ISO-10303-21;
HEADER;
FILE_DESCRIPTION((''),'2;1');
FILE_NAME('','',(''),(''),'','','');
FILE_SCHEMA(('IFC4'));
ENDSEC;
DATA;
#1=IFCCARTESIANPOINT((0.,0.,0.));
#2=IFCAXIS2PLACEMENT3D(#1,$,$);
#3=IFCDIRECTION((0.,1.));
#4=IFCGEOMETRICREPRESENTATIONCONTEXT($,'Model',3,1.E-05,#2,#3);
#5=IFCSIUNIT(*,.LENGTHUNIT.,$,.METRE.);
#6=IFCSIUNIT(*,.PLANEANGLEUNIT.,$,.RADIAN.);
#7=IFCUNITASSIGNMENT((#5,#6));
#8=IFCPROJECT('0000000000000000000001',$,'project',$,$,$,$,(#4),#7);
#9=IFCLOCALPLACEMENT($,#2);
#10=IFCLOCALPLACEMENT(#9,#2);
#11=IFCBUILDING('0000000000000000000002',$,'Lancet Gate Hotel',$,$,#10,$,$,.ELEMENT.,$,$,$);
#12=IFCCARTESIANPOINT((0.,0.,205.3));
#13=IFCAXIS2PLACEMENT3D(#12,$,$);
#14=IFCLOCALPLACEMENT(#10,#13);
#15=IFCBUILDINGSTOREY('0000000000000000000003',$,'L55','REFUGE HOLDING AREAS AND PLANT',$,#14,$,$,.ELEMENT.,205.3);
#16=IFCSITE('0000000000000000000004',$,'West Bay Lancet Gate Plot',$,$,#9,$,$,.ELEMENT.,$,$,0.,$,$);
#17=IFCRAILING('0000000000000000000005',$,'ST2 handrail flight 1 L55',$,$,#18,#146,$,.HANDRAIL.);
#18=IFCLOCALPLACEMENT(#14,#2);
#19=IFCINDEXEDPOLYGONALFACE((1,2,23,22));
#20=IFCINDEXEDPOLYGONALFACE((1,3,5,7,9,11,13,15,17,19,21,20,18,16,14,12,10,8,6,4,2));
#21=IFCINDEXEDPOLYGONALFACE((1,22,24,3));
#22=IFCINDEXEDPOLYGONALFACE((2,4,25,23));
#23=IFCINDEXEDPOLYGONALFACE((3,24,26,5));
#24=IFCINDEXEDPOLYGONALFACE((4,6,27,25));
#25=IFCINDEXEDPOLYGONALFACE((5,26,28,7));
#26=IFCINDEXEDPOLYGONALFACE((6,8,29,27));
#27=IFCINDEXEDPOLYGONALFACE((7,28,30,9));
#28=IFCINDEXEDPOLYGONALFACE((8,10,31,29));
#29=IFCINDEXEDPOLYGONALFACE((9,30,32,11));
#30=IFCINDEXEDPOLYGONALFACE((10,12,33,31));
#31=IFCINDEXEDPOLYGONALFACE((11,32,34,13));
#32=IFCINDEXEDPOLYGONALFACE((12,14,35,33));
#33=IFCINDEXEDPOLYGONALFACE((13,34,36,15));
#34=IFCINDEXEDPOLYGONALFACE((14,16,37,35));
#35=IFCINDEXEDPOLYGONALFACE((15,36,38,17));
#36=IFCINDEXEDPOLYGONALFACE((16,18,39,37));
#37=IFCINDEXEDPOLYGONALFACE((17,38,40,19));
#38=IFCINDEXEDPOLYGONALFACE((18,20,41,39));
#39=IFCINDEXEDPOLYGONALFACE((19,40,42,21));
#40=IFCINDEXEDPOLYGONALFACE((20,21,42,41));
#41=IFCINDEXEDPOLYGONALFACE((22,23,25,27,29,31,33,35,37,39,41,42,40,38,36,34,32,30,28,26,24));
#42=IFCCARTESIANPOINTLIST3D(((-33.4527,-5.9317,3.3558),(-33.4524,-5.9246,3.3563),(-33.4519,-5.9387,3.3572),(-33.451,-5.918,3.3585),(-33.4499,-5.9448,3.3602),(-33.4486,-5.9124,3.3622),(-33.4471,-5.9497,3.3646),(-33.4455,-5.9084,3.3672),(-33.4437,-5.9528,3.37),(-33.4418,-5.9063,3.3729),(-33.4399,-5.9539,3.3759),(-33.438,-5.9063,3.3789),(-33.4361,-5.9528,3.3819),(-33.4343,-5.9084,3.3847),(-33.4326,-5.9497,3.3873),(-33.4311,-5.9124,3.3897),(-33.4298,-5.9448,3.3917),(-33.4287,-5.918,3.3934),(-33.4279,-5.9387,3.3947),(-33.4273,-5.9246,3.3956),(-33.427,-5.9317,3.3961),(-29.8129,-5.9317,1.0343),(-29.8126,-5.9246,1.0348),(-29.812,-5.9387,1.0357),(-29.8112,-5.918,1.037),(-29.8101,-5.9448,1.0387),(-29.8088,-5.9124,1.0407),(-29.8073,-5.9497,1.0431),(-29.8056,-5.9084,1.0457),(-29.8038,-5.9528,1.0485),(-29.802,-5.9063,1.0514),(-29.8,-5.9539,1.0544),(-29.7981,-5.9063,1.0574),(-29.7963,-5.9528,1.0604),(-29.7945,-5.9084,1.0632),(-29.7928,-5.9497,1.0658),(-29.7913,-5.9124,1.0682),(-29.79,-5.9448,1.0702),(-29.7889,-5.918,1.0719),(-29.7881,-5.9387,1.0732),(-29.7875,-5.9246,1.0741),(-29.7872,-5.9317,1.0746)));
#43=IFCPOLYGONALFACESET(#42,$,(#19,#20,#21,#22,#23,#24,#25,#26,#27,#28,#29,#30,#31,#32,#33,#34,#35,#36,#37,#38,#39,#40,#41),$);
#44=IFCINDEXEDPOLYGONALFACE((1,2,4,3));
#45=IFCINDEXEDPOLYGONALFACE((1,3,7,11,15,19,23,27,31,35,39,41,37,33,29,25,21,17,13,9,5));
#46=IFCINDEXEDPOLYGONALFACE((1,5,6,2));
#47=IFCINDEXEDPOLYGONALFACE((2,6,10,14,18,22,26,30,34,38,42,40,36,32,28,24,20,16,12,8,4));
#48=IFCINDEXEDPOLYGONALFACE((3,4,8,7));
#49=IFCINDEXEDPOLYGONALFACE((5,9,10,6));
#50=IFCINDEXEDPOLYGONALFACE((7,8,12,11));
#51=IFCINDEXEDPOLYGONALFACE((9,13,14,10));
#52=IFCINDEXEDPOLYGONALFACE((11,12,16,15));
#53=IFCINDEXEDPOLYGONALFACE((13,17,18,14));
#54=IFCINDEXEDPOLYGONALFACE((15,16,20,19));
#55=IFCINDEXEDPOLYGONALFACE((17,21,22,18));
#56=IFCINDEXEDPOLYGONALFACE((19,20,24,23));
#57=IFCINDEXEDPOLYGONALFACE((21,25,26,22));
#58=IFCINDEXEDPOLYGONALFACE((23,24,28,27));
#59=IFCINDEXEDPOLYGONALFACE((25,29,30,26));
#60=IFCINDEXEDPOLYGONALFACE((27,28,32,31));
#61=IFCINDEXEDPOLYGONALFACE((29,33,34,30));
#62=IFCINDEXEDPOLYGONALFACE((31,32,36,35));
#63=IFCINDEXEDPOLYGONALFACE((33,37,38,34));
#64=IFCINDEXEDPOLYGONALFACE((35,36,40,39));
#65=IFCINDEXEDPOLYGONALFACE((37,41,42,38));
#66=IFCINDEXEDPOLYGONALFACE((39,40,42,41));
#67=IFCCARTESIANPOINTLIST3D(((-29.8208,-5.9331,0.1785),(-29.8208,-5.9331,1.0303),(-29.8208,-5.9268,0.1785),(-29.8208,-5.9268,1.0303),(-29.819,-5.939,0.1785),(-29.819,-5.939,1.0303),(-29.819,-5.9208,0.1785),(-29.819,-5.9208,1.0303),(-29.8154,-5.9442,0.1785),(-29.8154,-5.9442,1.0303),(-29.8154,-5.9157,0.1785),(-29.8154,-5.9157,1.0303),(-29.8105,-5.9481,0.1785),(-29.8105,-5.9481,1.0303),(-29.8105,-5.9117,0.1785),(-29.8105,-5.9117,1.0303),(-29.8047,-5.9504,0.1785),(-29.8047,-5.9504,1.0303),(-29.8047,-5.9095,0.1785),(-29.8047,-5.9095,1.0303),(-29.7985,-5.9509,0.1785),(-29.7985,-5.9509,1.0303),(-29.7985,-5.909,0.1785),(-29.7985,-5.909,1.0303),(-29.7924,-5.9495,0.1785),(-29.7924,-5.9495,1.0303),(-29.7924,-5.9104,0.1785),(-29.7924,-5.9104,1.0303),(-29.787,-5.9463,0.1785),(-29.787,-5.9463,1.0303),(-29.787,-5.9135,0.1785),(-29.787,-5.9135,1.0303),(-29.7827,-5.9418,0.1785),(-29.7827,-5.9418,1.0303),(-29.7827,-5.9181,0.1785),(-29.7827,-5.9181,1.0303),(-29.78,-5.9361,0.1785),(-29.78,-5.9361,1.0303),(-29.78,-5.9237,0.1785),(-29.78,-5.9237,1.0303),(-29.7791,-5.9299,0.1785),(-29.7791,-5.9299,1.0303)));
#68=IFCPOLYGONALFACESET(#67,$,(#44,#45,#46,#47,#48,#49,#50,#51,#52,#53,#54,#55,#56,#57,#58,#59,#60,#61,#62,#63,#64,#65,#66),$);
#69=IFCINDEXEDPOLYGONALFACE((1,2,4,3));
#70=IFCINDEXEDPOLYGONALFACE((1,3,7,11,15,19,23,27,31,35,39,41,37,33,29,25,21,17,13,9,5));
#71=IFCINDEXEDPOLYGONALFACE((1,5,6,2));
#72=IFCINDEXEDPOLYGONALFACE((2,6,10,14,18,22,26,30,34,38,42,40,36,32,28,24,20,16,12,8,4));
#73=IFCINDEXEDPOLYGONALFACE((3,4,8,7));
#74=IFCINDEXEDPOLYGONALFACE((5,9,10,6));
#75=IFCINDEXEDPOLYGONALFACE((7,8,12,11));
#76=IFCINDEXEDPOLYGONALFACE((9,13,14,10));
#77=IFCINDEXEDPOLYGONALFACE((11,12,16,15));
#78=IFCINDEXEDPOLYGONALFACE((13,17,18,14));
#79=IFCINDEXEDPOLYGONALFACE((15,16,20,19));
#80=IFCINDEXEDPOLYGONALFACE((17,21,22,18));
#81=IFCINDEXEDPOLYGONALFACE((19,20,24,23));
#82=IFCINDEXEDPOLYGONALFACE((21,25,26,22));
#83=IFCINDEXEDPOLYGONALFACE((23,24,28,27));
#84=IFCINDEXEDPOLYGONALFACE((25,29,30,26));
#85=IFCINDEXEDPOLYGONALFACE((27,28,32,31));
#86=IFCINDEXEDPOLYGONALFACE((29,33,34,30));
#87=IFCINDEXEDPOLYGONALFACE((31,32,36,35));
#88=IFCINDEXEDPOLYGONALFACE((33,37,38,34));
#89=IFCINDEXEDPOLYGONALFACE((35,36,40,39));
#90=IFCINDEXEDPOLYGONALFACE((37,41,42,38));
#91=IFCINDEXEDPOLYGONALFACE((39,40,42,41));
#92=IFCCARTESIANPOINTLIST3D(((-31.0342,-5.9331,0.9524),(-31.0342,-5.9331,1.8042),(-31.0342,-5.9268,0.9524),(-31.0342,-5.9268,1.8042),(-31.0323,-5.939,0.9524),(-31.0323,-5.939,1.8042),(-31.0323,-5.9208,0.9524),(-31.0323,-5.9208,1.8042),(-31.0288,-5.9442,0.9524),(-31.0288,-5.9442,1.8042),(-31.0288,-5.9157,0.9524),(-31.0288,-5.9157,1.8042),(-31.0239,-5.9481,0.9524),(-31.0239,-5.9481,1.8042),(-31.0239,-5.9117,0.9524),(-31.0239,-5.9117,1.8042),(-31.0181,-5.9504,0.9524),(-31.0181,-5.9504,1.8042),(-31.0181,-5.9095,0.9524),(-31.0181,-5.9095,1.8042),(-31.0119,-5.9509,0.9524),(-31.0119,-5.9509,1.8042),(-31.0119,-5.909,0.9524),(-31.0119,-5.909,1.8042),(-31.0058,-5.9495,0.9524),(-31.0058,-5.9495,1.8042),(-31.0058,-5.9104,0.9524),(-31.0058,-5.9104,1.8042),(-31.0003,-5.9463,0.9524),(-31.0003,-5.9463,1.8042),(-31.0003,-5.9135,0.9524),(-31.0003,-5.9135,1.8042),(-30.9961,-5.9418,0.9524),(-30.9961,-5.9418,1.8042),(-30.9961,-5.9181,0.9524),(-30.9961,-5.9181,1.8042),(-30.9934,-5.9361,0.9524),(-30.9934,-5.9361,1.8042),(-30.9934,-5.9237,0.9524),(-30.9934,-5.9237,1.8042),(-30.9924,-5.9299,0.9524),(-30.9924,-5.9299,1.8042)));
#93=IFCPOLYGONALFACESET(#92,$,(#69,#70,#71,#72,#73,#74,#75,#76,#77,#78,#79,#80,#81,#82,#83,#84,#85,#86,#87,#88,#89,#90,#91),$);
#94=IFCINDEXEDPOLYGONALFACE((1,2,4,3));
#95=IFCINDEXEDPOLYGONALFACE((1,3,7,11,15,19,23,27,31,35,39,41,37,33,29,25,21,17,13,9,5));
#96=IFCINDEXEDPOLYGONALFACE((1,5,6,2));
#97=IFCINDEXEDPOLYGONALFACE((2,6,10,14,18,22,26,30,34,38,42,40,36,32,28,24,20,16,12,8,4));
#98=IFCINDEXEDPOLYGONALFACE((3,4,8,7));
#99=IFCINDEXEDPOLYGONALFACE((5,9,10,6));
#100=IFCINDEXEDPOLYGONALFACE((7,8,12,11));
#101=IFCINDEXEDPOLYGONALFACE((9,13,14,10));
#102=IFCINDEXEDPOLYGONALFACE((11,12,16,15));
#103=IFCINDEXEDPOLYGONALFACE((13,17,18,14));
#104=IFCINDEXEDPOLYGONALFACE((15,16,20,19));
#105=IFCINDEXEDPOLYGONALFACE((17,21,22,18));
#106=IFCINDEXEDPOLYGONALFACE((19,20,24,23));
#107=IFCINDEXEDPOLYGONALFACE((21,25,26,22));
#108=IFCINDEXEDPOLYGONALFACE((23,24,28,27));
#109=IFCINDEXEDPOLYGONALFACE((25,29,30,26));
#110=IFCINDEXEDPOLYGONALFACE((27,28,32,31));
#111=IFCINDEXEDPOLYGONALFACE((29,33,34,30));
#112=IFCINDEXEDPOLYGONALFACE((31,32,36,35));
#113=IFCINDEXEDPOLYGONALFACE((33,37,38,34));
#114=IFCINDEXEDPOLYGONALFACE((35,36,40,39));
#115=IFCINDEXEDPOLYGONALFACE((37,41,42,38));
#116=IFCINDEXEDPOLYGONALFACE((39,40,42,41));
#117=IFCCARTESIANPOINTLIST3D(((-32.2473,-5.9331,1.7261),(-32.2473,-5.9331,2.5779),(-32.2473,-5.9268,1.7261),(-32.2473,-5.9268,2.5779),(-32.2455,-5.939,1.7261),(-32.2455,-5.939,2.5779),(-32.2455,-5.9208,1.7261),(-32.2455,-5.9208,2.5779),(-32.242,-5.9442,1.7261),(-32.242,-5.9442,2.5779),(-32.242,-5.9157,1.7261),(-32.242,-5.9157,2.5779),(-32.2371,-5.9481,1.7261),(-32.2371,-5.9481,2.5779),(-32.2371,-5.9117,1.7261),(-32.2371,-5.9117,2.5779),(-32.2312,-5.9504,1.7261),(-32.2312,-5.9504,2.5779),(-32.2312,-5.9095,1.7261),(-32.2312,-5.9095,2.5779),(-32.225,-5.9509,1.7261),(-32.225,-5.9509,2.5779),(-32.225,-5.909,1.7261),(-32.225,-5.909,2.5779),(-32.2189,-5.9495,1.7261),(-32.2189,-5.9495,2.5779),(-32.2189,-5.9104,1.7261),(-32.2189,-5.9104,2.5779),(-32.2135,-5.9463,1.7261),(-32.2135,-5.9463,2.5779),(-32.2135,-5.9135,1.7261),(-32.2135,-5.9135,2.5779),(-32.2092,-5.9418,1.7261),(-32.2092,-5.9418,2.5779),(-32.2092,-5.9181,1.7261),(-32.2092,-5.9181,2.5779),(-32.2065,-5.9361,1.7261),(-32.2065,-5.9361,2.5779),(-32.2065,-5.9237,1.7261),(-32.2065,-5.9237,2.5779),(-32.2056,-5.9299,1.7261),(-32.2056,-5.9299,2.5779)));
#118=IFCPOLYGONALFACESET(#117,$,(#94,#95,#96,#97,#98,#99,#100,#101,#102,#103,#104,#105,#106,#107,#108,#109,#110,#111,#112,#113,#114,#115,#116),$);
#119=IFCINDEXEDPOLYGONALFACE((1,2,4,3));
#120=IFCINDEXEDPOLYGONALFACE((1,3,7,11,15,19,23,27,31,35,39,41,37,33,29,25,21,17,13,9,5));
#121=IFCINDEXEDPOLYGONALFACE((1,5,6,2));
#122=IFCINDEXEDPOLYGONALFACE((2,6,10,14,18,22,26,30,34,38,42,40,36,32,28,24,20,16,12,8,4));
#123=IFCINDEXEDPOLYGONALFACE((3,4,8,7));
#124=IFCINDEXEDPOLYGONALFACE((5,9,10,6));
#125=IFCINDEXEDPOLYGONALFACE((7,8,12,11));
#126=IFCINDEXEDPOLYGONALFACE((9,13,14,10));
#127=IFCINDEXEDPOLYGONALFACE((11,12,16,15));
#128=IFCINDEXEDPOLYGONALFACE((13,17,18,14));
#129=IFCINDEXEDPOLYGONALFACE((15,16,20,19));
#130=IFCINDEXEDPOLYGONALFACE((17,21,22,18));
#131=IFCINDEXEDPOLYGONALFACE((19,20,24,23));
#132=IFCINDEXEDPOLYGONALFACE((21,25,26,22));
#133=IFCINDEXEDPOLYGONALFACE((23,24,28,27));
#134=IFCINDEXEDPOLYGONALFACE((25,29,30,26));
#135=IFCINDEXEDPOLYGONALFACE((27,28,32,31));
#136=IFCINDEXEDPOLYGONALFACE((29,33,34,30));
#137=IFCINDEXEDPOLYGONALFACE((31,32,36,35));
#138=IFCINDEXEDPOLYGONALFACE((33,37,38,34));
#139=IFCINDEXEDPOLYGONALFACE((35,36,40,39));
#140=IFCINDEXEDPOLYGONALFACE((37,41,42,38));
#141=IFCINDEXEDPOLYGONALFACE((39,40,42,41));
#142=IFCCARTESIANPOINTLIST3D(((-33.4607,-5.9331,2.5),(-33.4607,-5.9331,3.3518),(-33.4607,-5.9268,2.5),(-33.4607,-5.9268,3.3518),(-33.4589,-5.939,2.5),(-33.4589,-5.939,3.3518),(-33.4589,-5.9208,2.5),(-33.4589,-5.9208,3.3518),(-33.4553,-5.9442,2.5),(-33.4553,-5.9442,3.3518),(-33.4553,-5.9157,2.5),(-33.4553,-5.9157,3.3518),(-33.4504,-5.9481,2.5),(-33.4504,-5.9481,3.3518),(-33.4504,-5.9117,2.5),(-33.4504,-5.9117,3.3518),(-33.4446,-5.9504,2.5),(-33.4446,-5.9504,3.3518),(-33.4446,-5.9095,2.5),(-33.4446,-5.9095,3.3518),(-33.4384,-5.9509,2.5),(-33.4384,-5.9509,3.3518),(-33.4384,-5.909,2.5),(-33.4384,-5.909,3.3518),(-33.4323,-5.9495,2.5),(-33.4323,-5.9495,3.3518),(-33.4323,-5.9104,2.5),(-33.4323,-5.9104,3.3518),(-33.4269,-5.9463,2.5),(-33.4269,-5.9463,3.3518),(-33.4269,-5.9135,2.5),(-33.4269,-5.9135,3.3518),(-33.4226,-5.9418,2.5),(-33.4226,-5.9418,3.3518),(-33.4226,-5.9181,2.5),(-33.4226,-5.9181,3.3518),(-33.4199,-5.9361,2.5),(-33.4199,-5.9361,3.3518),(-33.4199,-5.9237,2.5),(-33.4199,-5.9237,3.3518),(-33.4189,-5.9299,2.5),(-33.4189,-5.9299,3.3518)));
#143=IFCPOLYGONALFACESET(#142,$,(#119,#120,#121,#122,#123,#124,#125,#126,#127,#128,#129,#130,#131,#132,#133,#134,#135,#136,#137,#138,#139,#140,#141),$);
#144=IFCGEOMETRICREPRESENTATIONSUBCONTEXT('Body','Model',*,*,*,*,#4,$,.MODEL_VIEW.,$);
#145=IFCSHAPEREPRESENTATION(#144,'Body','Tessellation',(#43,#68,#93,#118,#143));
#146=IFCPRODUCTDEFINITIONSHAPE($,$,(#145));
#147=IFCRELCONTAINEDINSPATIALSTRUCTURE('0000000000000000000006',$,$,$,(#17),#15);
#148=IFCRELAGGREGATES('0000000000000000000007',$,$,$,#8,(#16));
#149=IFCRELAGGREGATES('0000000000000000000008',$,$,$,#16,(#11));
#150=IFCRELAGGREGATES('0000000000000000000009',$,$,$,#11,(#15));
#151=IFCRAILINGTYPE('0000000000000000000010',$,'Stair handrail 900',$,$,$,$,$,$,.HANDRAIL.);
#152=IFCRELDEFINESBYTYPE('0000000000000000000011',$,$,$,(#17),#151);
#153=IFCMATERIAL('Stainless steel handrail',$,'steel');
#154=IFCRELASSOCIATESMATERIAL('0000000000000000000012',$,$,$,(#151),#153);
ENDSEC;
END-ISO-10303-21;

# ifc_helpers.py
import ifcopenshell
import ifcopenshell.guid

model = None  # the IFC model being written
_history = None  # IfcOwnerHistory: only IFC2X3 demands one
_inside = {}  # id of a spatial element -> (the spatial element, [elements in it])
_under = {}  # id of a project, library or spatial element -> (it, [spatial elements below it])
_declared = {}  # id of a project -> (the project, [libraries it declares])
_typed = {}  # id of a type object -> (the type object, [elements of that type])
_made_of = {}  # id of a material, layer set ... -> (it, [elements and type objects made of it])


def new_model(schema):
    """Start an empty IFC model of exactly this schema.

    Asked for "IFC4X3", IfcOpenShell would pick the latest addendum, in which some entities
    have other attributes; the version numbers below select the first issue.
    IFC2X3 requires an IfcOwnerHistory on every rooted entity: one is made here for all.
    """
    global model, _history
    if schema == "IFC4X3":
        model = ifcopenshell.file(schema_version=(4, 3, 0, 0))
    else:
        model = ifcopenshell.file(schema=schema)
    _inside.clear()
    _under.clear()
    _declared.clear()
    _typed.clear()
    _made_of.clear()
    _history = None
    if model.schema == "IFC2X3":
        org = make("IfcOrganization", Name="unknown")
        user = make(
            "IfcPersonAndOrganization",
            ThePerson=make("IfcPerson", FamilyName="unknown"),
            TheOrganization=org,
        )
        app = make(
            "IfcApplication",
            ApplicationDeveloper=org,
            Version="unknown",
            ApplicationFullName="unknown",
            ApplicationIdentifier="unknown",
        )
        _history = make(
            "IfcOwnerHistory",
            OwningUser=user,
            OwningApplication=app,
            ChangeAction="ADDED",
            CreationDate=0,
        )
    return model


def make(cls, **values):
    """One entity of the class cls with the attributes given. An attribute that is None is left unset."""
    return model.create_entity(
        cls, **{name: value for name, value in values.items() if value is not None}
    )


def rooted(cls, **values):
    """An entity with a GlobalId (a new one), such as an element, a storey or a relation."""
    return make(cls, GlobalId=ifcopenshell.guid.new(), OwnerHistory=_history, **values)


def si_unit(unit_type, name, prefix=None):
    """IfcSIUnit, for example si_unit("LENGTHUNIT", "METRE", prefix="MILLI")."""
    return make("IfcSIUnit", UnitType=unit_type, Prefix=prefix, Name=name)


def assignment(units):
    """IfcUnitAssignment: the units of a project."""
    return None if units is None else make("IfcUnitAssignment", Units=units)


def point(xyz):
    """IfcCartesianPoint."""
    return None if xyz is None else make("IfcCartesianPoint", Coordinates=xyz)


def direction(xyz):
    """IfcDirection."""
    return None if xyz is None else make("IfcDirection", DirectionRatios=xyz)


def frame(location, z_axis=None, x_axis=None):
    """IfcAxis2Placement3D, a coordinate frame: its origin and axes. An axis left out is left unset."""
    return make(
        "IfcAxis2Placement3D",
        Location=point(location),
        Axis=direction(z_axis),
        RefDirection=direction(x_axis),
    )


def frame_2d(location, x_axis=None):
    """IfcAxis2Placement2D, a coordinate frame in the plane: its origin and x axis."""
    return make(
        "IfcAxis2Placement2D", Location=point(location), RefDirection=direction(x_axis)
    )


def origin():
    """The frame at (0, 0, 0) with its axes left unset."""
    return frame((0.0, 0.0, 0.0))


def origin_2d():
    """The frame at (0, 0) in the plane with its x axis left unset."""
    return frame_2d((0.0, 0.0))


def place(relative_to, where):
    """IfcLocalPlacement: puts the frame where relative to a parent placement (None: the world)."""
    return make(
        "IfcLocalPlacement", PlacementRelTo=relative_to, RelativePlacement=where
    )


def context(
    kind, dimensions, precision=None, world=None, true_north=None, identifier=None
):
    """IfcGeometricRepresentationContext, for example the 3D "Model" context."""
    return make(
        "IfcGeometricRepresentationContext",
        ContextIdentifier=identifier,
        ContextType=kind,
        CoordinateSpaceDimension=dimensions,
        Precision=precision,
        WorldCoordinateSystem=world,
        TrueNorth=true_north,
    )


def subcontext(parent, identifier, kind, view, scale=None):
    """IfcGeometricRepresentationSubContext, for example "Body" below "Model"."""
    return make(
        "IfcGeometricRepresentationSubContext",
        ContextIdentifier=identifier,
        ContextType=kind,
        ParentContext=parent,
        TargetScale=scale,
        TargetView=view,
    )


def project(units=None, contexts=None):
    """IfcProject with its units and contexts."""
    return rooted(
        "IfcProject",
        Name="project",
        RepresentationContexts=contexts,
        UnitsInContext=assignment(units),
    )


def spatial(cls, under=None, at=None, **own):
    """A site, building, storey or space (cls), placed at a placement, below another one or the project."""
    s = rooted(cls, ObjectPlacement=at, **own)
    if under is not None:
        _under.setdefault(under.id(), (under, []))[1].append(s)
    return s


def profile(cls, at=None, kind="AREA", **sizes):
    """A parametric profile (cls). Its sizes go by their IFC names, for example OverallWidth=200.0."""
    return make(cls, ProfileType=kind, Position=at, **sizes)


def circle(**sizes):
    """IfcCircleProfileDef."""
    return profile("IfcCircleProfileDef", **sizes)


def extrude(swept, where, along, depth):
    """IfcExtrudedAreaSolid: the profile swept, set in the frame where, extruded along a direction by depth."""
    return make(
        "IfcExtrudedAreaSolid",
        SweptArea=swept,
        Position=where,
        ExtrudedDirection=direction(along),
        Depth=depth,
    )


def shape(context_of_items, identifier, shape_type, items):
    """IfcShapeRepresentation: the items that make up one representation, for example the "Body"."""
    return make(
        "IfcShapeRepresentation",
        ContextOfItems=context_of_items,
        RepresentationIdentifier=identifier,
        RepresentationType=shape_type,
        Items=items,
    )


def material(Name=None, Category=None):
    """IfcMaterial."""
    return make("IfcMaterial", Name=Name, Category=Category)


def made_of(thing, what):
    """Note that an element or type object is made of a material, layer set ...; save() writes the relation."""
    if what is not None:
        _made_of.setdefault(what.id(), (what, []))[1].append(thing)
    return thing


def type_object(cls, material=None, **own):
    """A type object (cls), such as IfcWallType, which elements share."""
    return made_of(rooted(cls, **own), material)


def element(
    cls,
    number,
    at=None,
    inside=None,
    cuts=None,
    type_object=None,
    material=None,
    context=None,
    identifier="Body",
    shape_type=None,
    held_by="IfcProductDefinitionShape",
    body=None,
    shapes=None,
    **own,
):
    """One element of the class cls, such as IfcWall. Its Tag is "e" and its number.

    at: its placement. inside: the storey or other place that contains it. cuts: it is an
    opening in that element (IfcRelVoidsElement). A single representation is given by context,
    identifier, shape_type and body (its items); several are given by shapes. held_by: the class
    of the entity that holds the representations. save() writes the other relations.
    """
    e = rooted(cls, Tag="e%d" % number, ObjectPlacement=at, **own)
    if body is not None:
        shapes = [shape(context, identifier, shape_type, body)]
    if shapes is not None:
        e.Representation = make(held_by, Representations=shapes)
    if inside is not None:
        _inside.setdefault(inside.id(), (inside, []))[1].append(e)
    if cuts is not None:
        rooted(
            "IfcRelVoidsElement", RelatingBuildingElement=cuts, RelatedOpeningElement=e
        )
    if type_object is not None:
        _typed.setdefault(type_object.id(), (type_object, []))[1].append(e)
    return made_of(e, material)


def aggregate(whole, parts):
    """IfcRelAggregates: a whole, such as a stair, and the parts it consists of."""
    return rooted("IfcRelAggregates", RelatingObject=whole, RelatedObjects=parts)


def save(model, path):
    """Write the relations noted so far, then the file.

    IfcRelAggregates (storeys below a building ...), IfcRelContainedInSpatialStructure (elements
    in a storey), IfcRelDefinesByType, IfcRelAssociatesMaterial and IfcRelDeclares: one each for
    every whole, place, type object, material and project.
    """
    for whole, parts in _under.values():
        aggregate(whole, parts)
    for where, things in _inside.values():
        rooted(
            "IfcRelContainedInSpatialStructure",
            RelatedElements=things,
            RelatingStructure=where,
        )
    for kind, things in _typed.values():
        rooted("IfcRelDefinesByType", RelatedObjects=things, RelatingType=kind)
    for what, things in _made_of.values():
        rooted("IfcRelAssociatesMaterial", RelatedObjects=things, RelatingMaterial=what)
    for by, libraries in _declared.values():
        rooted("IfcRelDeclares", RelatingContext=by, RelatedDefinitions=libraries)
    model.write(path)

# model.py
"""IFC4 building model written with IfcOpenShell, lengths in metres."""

from ifc_helpers import new_model, si_unit, direction, frame, origin, origin_2d, place, context, subcontext, project, spatial, circle, extrude, material, type_object, element, save


model = new_model("IFC4")

# Units and contexts
model_context = context("Model", 3, precision=1e-05, world=origin(), true_north=direction((0.0, 1.0)))
body_context = subcontext(model_context, "Body", "Model", "MODEL_VIEW")
ifc_project = project(units=[si_unit("LENGTHUNIT", "METRE"), si_unit("PLANEANGLEUNIT", "RADIAN")], contexts=[model_context])

# Site, building, storey
site_placement = place(None, origin())
site = spatial("IfcSite", under=ifc_project, at=site_placement, Name="West Bay Lancet Gate Plot", CompositionType="ELEMENT", RefElevation=0.0)
building_placement = place(site_placement, origin())
building = spatial("IfcBuilding", under=site, at=building_placement, Name="Lancet Gate Hotel", CompositionType="ELEMENT")
storey_placement = place(building_placement, frame((0.0, 0.0, 205.3)))
storey = spatial("IfcBuildingStorey", under=building, at=storey_placement, Name="L55", Description="REFUGE HOLDING AREAS AND PLANT", CompositionType="ELEMENT", Elevation=205.3)

# Railing
ifc_material_1 = material(Name="Stainless steel handrail", Category="steel")
railing_type = type_object("IfcRailingType", Name="Stair handrail 900", PredefinedType="HANDRAIL", material=ifc_material_1)
railing_1_placement = place(storey_placement, frame((-29.8, -5.9299, 0.1785)))
element("IfcRailing", 1, at=railing_1_placement, inside=storey, type_object=railing_type, Name="ST2 handrail flight 1 L55", PredefinedType="HANDRAIL", context=body_context, shape_type="SweptSolid", body=[
    extrude(circle(Radius=0.0239, at=origin_2d()), frame((0.0, 0.0, 0.876), z_axis=(-0.843112, 0.0, 0.537739), x_axis=(0.0, -1.0, 0.0)), (0.0, 0.0, 1.0), 4.3171),
    extrude(circle(Radius=0.021, at=origin_2d()), origin(), (0.0, 0.0, 1.0), 0.8518),
    extrude(circle(Radius=0.021, at=origin_2d()), frame((-1.2134, 0.0, 0.7739)), (0.0, 0.0, 1.0), 0.8518),
    extrude(circle(Radius=0.021, at=origin_2d()), frame((-2.4265, 0.0, 1.5476)), (0.0, 0.0, 1.0), 0.8518),
    extrude(circle(Radius=0.021, at=origin_2d()), frame((-3.6399, 0.0, 2.3215)), (0.0, 0.0, 1.0), 0.8518),
])

save(model, "model.ifc")
